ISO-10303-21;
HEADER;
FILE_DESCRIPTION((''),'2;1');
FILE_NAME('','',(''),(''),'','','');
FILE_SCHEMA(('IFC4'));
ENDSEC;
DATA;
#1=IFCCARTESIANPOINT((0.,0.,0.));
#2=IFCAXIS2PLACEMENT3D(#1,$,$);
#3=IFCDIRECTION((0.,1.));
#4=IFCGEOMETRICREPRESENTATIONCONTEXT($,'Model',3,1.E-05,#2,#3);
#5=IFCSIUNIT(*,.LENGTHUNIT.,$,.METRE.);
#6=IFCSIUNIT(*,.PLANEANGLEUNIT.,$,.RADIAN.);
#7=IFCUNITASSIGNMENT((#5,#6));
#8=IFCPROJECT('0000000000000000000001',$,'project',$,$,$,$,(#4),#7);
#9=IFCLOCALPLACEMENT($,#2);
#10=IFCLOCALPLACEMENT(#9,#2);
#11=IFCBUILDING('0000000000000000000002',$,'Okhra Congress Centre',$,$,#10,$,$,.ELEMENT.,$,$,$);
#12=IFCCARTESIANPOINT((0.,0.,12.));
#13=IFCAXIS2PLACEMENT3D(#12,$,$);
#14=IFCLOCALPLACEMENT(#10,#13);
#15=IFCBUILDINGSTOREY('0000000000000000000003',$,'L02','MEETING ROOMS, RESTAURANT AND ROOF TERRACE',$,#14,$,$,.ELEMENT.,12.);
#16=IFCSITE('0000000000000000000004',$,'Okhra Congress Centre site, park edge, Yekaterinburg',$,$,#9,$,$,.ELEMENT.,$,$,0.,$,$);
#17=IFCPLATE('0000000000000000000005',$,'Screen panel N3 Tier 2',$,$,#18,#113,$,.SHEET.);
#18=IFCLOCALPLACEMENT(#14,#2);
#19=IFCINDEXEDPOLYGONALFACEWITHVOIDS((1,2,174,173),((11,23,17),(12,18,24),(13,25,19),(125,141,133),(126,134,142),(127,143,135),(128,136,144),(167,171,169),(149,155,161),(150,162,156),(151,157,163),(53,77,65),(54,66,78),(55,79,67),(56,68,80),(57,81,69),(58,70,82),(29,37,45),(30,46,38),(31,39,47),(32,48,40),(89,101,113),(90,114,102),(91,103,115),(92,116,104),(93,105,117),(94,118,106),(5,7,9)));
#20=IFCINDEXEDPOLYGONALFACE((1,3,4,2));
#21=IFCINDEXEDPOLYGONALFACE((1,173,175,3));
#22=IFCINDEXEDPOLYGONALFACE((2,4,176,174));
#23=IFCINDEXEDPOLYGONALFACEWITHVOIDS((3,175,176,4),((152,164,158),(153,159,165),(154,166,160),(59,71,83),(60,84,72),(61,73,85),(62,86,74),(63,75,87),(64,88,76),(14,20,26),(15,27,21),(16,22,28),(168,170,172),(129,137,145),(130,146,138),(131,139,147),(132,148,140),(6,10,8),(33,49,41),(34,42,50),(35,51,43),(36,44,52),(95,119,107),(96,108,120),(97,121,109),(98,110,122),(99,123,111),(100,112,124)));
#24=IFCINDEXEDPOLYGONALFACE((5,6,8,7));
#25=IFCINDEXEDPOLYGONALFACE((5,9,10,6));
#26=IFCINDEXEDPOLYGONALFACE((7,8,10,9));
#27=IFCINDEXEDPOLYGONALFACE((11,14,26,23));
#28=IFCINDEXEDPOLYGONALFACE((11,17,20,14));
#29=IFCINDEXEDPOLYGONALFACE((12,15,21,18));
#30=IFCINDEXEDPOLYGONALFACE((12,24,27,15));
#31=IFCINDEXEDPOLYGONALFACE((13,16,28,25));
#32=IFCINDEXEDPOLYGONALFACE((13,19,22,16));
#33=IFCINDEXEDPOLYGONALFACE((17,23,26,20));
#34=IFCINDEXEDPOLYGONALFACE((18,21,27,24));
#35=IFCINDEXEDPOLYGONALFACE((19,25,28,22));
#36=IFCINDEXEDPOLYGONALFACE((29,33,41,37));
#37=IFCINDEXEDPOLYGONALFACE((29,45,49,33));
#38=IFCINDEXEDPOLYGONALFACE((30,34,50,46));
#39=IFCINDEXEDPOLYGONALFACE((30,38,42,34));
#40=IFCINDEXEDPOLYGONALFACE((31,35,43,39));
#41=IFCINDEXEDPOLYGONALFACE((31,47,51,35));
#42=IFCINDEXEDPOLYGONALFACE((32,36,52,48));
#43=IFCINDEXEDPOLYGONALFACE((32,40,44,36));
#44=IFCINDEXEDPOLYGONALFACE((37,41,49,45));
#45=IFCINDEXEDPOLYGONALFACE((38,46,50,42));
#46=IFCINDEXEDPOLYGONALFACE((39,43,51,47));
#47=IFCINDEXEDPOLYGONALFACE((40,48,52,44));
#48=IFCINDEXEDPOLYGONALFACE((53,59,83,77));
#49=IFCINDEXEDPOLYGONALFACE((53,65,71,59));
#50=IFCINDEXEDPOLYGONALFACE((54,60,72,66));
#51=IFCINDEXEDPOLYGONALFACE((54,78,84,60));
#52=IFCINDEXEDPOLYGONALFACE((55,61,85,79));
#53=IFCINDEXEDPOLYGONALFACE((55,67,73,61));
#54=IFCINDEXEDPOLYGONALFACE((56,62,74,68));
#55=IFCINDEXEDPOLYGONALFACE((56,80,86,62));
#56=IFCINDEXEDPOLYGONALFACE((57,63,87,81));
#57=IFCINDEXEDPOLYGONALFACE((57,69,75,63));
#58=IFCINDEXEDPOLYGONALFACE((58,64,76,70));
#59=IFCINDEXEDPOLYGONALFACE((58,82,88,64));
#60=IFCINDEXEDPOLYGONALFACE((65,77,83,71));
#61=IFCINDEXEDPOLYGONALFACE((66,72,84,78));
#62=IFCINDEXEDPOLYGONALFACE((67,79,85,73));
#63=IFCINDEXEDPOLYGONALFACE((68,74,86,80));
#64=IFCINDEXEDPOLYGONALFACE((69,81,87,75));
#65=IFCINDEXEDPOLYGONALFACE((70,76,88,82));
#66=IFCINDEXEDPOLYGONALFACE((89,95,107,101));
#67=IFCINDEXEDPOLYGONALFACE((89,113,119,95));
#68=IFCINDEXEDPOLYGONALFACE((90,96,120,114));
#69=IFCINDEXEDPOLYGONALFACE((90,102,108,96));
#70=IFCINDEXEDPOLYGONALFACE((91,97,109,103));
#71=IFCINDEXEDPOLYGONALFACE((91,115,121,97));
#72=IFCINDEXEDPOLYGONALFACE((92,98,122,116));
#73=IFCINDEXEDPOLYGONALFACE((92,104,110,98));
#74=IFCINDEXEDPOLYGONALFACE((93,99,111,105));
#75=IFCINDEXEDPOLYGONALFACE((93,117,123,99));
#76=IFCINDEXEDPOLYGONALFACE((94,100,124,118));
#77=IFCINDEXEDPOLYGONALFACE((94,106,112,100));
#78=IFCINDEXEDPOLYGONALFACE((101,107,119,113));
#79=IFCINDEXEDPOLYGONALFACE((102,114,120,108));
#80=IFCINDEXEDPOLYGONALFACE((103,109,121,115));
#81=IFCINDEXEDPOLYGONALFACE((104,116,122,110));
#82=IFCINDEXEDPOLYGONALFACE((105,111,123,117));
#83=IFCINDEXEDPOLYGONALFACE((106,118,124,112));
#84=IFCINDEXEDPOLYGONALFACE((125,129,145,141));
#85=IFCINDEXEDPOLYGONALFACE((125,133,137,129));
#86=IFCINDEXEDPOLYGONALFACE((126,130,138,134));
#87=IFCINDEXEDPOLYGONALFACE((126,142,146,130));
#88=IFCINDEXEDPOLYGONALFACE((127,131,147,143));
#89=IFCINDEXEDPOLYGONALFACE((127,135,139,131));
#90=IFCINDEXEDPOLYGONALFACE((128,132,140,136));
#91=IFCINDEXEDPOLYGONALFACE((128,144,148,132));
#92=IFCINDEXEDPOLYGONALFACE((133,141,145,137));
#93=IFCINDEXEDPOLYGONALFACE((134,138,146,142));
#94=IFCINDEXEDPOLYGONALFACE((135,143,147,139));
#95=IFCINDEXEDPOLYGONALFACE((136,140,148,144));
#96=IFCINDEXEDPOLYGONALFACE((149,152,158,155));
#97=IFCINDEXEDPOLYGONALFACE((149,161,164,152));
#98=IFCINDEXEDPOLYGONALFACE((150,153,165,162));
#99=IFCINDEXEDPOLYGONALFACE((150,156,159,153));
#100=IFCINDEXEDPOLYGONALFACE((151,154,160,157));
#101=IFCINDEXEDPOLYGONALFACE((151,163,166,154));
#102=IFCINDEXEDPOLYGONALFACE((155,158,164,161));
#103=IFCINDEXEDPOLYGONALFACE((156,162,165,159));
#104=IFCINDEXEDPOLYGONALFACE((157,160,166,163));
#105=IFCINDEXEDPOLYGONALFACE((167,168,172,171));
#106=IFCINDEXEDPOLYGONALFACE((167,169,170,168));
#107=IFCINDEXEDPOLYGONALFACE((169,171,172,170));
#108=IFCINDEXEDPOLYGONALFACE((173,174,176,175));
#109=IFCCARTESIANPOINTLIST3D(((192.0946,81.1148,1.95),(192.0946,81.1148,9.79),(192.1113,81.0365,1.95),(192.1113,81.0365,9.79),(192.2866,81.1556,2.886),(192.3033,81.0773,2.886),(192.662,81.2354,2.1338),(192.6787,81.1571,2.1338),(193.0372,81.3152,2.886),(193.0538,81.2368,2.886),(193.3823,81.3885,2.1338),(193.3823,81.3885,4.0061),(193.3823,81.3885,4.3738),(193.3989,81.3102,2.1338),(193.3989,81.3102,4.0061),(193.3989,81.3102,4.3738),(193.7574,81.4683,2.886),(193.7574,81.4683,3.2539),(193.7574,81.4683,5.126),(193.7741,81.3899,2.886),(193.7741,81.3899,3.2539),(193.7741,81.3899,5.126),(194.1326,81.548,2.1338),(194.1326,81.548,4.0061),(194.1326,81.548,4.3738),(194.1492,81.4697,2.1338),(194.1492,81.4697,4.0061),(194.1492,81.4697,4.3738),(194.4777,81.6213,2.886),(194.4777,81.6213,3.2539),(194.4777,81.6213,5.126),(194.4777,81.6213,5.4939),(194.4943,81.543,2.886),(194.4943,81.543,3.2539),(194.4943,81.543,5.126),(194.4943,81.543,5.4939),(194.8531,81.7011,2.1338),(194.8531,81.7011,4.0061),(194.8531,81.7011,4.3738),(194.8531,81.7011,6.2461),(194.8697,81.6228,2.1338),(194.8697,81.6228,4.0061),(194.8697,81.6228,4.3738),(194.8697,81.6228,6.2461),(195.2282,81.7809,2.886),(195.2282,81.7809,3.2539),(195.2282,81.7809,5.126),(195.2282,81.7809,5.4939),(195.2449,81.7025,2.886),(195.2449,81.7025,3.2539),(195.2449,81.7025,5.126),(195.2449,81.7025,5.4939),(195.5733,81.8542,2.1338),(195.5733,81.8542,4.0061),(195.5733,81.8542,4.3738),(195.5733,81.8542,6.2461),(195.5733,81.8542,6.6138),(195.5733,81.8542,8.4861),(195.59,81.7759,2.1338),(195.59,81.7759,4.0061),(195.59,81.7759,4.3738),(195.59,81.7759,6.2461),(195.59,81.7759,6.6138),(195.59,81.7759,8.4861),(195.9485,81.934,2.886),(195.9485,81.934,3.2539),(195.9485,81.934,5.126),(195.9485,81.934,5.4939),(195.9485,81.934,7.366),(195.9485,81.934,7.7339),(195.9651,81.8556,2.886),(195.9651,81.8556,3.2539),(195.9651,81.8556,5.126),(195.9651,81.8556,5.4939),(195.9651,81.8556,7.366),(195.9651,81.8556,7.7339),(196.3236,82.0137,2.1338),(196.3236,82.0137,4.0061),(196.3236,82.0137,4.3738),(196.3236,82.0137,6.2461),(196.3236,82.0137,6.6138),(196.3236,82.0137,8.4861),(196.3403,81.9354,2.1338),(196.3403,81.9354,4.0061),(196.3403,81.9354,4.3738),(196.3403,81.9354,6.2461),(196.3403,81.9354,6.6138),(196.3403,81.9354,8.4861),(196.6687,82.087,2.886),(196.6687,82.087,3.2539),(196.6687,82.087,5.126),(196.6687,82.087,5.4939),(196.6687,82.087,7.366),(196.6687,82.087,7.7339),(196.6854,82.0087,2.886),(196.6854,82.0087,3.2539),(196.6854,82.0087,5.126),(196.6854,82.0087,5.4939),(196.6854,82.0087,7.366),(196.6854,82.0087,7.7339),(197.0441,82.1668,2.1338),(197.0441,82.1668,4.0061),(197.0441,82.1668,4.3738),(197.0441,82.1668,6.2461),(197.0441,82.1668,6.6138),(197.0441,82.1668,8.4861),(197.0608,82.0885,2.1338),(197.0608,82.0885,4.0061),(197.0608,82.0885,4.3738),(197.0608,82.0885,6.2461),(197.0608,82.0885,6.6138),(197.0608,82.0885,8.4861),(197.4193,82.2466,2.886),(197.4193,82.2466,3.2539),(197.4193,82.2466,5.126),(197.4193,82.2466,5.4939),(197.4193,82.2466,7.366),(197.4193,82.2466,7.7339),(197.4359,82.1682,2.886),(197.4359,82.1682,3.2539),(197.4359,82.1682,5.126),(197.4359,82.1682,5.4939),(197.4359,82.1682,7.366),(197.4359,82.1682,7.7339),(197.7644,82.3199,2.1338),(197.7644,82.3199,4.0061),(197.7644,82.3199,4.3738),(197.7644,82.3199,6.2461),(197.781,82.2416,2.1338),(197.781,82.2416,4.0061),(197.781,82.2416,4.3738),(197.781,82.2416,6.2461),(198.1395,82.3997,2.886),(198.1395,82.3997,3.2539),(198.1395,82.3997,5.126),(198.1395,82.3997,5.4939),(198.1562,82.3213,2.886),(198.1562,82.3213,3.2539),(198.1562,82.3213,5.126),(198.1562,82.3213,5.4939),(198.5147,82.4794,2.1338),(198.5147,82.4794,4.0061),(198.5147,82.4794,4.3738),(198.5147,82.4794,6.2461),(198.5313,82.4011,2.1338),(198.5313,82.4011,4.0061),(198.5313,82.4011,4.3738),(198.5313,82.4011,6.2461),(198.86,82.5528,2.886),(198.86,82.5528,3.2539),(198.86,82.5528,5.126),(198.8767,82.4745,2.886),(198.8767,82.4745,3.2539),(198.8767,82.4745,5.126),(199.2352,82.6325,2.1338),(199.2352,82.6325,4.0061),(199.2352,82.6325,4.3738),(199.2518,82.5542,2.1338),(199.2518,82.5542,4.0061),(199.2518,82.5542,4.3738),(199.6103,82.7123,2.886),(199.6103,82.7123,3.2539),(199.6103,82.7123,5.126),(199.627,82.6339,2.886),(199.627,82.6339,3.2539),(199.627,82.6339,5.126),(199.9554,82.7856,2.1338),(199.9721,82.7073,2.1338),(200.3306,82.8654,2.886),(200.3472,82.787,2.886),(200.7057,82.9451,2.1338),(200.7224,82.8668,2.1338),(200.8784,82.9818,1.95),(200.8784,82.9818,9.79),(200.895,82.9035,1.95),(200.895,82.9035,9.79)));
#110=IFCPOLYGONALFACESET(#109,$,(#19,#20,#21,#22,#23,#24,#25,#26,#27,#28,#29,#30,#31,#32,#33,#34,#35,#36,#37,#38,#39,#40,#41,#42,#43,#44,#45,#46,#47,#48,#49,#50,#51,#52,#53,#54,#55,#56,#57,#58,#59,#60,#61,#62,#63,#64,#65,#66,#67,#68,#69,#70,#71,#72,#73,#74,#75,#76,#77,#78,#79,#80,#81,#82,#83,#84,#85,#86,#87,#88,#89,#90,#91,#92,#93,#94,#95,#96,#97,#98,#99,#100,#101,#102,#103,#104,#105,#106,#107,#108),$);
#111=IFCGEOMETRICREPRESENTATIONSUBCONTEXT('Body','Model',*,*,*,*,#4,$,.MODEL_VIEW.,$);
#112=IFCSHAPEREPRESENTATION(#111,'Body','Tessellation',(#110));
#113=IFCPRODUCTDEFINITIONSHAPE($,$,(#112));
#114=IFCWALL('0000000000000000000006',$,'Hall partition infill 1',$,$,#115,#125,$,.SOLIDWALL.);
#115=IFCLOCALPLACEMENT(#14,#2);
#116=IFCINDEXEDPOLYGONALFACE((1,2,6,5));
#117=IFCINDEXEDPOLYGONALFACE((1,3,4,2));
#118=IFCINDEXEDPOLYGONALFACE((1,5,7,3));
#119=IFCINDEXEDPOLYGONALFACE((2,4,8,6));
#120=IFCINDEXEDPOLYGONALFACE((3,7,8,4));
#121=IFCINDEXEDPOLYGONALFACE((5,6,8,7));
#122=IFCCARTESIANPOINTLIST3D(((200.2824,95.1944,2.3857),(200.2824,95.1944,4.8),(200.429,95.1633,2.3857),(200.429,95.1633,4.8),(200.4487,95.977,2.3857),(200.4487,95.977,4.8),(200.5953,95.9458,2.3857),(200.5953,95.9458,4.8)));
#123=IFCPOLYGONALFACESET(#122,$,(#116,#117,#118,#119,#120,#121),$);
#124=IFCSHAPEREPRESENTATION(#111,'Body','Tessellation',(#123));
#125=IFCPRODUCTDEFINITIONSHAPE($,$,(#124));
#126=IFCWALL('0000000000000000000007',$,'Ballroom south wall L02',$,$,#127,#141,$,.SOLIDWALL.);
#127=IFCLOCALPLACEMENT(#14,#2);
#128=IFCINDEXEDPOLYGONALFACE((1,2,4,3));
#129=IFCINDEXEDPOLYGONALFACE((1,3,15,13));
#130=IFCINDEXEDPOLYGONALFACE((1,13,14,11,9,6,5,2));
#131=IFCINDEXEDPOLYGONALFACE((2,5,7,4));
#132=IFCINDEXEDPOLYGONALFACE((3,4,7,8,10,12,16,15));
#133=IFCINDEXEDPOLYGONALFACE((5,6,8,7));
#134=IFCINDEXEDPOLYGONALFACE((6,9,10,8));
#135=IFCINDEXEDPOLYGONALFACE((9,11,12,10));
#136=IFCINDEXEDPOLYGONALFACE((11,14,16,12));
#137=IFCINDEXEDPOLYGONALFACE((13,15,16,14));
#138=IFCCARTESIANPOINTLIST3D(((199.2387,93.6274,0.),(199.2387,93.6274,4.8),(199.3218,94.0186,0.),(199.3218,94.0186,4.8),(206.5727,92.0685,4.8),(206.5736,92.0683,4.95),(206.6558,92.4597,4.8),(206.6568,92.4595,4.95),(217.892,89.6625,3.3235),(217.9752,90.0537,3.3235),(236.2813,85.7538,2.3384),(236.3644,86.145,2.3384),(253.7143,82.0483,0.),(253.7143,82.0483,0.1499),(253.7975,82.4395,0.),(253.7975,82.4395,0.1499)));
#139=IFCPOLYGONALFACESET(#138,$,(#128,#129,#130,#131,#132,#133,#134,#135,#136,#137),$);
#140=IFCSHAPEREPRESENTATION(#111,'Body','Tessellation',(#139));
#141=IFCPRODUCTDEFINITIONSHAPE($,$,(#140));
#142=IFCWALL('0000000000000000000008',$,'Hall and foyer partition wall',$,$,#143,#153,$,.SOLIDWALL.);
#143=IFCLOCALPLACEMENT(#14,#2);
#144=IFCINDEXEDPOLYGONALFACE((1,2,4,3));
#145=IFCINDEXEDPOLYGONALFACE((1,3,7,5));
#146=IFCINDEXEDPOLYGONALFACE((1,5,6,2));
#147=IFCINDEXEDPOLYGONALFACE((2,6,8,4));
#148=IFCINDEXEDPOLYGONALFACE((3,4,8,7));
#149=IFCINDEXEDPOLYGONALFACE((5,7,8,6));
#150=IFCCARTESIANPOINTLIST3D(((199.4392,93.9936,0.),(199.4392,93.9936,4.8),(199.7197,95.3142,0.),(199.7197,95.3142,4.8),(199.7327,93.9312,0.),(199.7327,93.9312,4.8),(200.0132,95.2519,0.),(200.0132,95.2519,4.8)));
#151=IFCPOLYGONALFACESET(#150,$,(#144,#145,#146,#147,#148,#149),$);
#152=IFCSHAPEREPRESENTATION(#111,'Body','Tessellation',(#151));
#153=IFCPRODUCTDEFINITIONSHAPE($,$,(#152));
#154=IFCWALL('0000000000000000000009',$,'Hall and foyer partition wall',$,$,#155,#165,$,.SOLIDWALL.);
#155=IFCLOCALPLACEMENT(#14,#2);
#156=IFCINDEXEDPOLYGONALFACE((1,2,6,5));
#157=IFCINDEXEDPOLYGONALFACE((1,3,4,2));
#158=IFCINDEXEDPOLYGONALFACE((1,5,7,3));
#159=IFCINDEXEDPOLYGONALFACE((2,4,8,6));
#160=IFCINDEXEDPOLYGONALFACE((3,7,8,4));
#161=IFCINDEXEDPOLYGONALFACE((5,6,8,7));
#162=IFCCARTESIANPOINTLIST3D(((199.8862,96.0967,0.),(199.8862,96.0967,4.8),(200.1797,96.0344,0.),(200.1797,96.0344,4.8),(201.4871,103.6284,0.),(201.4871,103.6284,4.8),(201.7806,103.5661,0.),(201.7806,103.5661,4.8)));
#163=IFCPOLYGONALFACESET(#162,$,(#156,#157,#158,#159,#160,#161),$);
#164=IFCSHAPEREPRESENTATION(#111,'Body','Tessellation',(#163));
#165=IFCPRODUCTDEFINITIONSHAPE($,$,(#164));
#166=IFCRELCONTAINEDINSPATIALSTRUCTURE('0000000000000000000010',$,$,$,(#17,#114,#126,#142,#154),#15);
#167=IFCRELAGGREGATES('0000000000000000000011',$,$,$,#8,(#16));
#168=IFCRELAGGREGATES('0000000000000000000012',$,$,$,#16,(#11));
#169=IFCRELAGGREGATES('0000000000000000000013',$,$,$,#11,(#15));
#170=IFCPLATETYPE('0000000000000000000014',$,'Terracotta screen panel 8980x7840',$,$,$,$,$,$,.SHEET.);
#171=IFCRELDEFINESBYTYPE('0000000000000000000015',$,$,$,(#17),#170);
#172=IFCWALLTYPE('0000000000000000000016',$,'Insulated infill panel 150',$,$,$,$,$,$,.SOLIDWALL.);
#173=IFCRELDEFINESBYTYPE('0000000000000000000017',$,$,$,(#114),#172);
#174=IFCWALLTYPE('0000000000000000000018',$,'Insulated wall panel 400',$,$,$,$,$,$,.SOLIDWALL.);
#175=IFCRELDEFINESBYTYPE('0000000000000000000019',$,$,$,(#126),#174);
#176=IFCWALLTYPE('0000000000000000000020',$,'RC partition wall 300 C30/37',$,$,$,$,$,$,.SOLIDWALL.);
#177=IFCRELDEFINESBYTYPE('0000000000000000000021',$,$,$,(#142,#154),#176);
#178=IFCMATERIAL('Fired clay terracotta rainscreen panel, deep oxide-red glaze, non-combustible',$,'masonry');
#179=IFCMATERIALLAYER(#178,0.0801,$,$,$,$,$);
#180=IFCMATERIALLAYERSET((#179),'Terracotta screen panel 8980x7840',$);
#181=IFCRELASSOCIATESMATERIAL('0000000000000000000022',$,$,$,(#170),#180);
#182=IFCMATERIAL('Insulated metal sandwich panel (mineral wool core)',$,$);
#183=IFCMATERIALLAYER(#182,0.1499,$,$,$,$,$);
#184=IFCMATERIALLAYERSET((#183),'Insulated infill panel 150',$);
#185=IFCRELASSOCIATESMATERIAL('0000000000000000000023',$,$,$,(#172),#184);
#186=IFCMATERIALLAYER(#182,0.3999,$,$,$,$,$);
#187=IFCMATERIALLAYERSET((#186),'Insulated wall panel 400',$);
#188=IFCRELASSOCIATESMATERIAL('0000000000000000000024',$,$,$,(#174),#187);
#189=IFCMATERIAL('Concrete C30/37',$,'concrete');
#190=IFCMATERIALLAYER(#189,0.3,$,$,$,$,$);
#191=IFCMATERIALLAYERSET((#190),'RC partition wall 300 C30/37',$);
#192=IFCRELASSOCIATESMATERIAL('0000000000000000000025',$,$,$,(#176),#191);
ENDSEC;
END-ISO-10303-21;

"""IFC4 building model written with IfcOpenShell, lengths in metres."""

from ifc_helpers import new_model, si_unit, direction, frame, frame_2d, origin, place, context, subcontext, project, spatial, polyline, rectangle, outline, extrude, material, layer, layer_set, type_object, element, save


model = new_model("IFC4")

# Units and contexts
model_context = context("Model", 3, precision=1e-05, world=origin(), true_north=direction((0.0, 1.0)))
body_context = subcontext(model_context, "Body", "Model", "MODEL_VIEW")
ifc_project = project(units=[si_unit("LENGTHUNIT", "METRE"), si_unit("PLANEANGLEUNIT", "RADIAN")], contexts=[model_context])

# Site, building, storey
site_placement = place(None, origin())
site = spatial("IfcSite", under=ifc_project, at=site_placement, Name="Okhra Congress Centre site, park edge, Yekaterinburg", CompositionType="ELEMENT", RefElevation=0.0)
building_placement = place(site_placement, origin())
building = spatial("IfcBuilding", under=site, at=building_placement, Name="Okhra Congress Centre", CompositionType="ELEMENT")
storey_placement = place(building_placement, frame((0.0, 0.0, 12.0)))
storey = spatial("IfcBuildingStorey", under=building, at=storey_placement, Name="L02", Description="MEETING ROOMS, RESTAURANT AND ROOF TERRACE", CompositionType="ELEMENT", Elevation=12.0)

# Plate
ifc_material_1 = material(Name="Fired clay terracotta rainscreen panel, deep oxide-red glaze, non-combustible", Category="masonry")
ifc_layer_1 = layer(ifc_material_1, 0.0801)
ifc_layer_set_1 = layer_set([ifc_layer_1], Name="Terracotta screen panel 8980x7840")
plate_type = type_object("IfcPlateType", Name="Terracotta screen panel 8980x7840", PredefinedType="SHEET", material=ifc_layer_set_1)
plate_placement = place(storey_placement, frame((200.8867, 82.9426, 1.95), z_axis=(0.0, 0.0, 1.0), x_axis=(-0.97815, -0.207902, 0.0)))
element("IfcPlate", 1, at=plate_placement, inside=storey, type_object=plate_type, Name="Screen panel N3 Tier 2", PredefinedType="SHEET", context=body_context, shape_type="SweptSolid", body=[
    extrude(outline(polyline([(0.0, 0.0), (8.98, 0.0), (8.98, 7.8401), (0.0, 7.8401), (0.0, 0.0)]), holes=[polyline([(0.1765, 0.1838), (0.9436, 0.1838), (0.5601, 0.936), (0.1765, 0.1838)]), polyline([(1.2964, 0.936), (1.6799, 0.1838), (2.0635, 0.936), (1.2964, 0.936)]), polyline([(2.4165, 0.1838), (3.1836, 0.1838), (2.8, 0.936), (2.4165, 0.1838)]), polyline([(3.5364, 0.936), (3.9199, 0.1838), (4.3037, 0.936), (3.5364, 0.936)]), polyline([(4.6565, 0.1838), (5.4236, 0.1838), (5.04, 0.936), (4.6565, 0.1838)]), polyline([(5.7764, 0.936), (6.1599, 0.1838), (6.5437, 0.936), (5.7764, 0.936)]), polyline([(6.8965, 0.1838), (7.6636, 0.1838), (7.28, 0.936), (6.8965, 0.1838)]), polyline([(8.0164, 0.936), (8.3999, 0.1838), (8.7837, 0.936), (8.0164, 0.936)]), polyline([(1.2964, 1.304), (2.0635, 1.304), (1.6799, 2.0562), (1.2964, 1.304)]), polyline([(2.4165, 2.0562), (2.8, 1.304), (3.1836, 2.0562), (2.4165, 2.0562)]), polyline([(3.5364, 1.304), (4.3037, 1.304), (3.9199, 2.0562), (3.5364, 1.304)]), polyline([(4.6565, 2.0562), (5.04, 1.304), (5.4236, 2.0562), (4.6565, 2.0562)]), polyline([(5.7764, 1.304), (6.5437, 1.304), (6.1599, 2.0562), (5.7764, 1.304)]), polyline([(6.8965, 2.0562), (7.28, 1.304), (7.6636, 2.0562), (6.8965, 2.0562)]), polyline([(1.2964, 3.176), (1.6799, 2.4238), (2.0635, 3.176), (1.2964, 3.176)]), polyline([(2.4165, 2.4238), (3.1836, 2.4238), (2.8, 3.176), (2.4165, 2.4238)]), polyline([(3.5364, 3.176), (3.9199, 2.4238), (4.3037, 3.176), (3.5364, 3.176)]), polyline([(4.6565, 2.4238), (5.4236, 2.4238), (5.04, 3.176), (4.6565, 2.4238)]), polyline([(5.7764, 3.176), (6.1599, 2.4238), (6.5437, 3.176), (5.7764, 3.176)]), polyline([(6.8965, 2.4238), (7.6636, 2.4238), (7.28, 3.176), (6.8965, 2.4238)]), polyline([(2.4165, 4.2961), (2.8, 3.5439), (3.1836, 4.2961), (2.4165, 4.2961)]), polyline([(3.5364, 3.5439), (4.3037, 3.5439), (3.9199, 4.2961), (3.5364, 3.5439)]), polyline([(4.6565, 4.2961), (5.04, 3.5439), (5.4236, 4.2961), (4.6565, 4.2961)]), polyline([(5.7764, 3.5439), (6.5437, 3.5439), (6.1599, 4.2961), (5.7764, 3.5439)]), polyline([(3.5364, 5.416), (3.9199, 4.6638), (4.3037, 5.416), (3.5364, 5.416)]), polyline([(4.6565, 4.6638), (5.4236, 4.6638), (5.04, 5.416), (4.6565, 4.6638)]), polyline([(3.5364, 5.7839), (4.3037, 5.7839), (3.9199, 6.5361), (3.5364, 5.7839)]), polyline([(4.6565, 6.5361), (5.04, 5.7839), (5.4236, 6.5361), (4.6565, 6.5361)])]), frame((0.0, 0.04, 0.0), z_axis=(0.0, -1.0, 0.0), x_axis=(1.0, 0.0, 0.0)), (0.0, 0.0, 1.0), 0.0801),
])

# Walls
ifc_material_2 = material(Name="Insulated metal sandwich panel (mineral wool core)")
ifc_layer_2 = layer(ifc_material_2, 0.1499)
ifc_layer_set_2 = layer_set([ifc_layer_2], Name="Insulated infill panel 150")
wall_type_1 = type_object("IfcWallType", Name="Insulated infill panel 150", PredefinedType="SOLIDWALL", material=ifc_layer_set_2)
wall_1_placement = place(storey_placement, frame((200.3557, 95.179, 2.3857), z_axis=(0.0, 0.0, 1.0), x_axis=(0.207841, 0.978163, 0.0)))
element("IfcWall", 2, at=wall_1_placement, inside=storey, type_object=wall_type_1, Name="Hall partition infill 1", PredefinedType="SOLIDWALL", context=body_context, shape_type="SweptSolid", body=[
    extrude(rectangle(XDim=0.8, YDim=0.1499, at=frame_2d((0.3999, 0.0))), origin(), (0.0, 0.0, 1.0), 2.4143),
])
ifc_layer_3 = layer(ifc_material_2, 0.3999)
ifc_layer_set_3 = layer_set([ifc_layer_3], Name="Insulated wall panel 400")
wall_type_2 = type_object("IfcWallType", Name="Insulated wall panel 400", PredefinedType="SOLIDWALL", material=ifc_layer_set_3)
wall_2_placement = place(storey_placement, frame((199.2803, 93.823, 0.0), z_axis=(0.0, 0.0, 1.0), x_axis=(0.978148, -0.207911, 0.0)))
element("IfcWall", 3, at=wall_2_placement, inside=storey, type_object=wall_type_2, Name="Ballroom south wall L02", PredefinedType="SOLIDWALL", context=body_context, shape_type="SweptSolid", body=[
    extrude(outline(polyline([(0.0, 0.0), (55.6926, 0.0), (55.6926, 0.1499), (37.8701, 2.3384), (19.0701, 3.3235), (7.4988, 4.95), (7.4978, 4.8), (0.0, 4.8), (0.0, 0.0)])), frame((0.0, 0.2, 0.0), z_axis=(0.0, -1.0, 0.0), x_axis=(1.0, 0.0, 0.0)), (0.0, 0.0, 1.0), 0.3999),
])
ifc_material_3 = material(Name="Concrete C30/37", Category="concrete")
ifc_layer_4 = layer(ifc_material_3, 0.3)
ifc_layer_set_4 = layer_set([ifc_layer_4], Name="RC partition wall 300 C30/37")
wall_type_3 = type_object("IfcWallType", Name="RC partition wall 300 C30/37", PredefinedType="SOLIDWALL", material=ifc_layer_set_4)
wall_3_placement = place(storey_placement, frame((199.5859, 93.9624, 0.0), z_axis=(0.0, 0.0, 1.0), x_axis=(0.207787, 0.978174, 0.0)))
element("IfcWall", 4, at=wall_3_placement, inside=storey, type_object=wall_type_3, Name="Hall and foyer partition wall", PredefinedType="SOLIDWALL", context=body_context, shape_type="SweptSolid", body=[
    extrude(rectangle(XDim=1.3501, YDim=0.3, at=frame_2d((0.675, 0.0))), origin(), (0.0, 0.0, 1.0), 4.8),
])
wall_4_placement = place(storey_placement, frame((200.033, 96.0654, 0.0), z_axis=(0.0, 0.0, 1.0), x_axis=(0.2079, 0.97815, 0.0)))
element("IfcWall", 5, at=wall_4_placement, inside=storey, type_object=wall_type_3, Name="Hall and foyer partition wall", PredefinedType="SOLIDWALL", context=body_context, shape_type="SweptSolid", body=[
    extrude(rectangle(XDim=7.7, YDim=0.3, at=frame_2d((3.8501, 0.0))), origin(), (0.0, 0.0, 1.0), 4.8),
])

save(model, "model.ifc")
